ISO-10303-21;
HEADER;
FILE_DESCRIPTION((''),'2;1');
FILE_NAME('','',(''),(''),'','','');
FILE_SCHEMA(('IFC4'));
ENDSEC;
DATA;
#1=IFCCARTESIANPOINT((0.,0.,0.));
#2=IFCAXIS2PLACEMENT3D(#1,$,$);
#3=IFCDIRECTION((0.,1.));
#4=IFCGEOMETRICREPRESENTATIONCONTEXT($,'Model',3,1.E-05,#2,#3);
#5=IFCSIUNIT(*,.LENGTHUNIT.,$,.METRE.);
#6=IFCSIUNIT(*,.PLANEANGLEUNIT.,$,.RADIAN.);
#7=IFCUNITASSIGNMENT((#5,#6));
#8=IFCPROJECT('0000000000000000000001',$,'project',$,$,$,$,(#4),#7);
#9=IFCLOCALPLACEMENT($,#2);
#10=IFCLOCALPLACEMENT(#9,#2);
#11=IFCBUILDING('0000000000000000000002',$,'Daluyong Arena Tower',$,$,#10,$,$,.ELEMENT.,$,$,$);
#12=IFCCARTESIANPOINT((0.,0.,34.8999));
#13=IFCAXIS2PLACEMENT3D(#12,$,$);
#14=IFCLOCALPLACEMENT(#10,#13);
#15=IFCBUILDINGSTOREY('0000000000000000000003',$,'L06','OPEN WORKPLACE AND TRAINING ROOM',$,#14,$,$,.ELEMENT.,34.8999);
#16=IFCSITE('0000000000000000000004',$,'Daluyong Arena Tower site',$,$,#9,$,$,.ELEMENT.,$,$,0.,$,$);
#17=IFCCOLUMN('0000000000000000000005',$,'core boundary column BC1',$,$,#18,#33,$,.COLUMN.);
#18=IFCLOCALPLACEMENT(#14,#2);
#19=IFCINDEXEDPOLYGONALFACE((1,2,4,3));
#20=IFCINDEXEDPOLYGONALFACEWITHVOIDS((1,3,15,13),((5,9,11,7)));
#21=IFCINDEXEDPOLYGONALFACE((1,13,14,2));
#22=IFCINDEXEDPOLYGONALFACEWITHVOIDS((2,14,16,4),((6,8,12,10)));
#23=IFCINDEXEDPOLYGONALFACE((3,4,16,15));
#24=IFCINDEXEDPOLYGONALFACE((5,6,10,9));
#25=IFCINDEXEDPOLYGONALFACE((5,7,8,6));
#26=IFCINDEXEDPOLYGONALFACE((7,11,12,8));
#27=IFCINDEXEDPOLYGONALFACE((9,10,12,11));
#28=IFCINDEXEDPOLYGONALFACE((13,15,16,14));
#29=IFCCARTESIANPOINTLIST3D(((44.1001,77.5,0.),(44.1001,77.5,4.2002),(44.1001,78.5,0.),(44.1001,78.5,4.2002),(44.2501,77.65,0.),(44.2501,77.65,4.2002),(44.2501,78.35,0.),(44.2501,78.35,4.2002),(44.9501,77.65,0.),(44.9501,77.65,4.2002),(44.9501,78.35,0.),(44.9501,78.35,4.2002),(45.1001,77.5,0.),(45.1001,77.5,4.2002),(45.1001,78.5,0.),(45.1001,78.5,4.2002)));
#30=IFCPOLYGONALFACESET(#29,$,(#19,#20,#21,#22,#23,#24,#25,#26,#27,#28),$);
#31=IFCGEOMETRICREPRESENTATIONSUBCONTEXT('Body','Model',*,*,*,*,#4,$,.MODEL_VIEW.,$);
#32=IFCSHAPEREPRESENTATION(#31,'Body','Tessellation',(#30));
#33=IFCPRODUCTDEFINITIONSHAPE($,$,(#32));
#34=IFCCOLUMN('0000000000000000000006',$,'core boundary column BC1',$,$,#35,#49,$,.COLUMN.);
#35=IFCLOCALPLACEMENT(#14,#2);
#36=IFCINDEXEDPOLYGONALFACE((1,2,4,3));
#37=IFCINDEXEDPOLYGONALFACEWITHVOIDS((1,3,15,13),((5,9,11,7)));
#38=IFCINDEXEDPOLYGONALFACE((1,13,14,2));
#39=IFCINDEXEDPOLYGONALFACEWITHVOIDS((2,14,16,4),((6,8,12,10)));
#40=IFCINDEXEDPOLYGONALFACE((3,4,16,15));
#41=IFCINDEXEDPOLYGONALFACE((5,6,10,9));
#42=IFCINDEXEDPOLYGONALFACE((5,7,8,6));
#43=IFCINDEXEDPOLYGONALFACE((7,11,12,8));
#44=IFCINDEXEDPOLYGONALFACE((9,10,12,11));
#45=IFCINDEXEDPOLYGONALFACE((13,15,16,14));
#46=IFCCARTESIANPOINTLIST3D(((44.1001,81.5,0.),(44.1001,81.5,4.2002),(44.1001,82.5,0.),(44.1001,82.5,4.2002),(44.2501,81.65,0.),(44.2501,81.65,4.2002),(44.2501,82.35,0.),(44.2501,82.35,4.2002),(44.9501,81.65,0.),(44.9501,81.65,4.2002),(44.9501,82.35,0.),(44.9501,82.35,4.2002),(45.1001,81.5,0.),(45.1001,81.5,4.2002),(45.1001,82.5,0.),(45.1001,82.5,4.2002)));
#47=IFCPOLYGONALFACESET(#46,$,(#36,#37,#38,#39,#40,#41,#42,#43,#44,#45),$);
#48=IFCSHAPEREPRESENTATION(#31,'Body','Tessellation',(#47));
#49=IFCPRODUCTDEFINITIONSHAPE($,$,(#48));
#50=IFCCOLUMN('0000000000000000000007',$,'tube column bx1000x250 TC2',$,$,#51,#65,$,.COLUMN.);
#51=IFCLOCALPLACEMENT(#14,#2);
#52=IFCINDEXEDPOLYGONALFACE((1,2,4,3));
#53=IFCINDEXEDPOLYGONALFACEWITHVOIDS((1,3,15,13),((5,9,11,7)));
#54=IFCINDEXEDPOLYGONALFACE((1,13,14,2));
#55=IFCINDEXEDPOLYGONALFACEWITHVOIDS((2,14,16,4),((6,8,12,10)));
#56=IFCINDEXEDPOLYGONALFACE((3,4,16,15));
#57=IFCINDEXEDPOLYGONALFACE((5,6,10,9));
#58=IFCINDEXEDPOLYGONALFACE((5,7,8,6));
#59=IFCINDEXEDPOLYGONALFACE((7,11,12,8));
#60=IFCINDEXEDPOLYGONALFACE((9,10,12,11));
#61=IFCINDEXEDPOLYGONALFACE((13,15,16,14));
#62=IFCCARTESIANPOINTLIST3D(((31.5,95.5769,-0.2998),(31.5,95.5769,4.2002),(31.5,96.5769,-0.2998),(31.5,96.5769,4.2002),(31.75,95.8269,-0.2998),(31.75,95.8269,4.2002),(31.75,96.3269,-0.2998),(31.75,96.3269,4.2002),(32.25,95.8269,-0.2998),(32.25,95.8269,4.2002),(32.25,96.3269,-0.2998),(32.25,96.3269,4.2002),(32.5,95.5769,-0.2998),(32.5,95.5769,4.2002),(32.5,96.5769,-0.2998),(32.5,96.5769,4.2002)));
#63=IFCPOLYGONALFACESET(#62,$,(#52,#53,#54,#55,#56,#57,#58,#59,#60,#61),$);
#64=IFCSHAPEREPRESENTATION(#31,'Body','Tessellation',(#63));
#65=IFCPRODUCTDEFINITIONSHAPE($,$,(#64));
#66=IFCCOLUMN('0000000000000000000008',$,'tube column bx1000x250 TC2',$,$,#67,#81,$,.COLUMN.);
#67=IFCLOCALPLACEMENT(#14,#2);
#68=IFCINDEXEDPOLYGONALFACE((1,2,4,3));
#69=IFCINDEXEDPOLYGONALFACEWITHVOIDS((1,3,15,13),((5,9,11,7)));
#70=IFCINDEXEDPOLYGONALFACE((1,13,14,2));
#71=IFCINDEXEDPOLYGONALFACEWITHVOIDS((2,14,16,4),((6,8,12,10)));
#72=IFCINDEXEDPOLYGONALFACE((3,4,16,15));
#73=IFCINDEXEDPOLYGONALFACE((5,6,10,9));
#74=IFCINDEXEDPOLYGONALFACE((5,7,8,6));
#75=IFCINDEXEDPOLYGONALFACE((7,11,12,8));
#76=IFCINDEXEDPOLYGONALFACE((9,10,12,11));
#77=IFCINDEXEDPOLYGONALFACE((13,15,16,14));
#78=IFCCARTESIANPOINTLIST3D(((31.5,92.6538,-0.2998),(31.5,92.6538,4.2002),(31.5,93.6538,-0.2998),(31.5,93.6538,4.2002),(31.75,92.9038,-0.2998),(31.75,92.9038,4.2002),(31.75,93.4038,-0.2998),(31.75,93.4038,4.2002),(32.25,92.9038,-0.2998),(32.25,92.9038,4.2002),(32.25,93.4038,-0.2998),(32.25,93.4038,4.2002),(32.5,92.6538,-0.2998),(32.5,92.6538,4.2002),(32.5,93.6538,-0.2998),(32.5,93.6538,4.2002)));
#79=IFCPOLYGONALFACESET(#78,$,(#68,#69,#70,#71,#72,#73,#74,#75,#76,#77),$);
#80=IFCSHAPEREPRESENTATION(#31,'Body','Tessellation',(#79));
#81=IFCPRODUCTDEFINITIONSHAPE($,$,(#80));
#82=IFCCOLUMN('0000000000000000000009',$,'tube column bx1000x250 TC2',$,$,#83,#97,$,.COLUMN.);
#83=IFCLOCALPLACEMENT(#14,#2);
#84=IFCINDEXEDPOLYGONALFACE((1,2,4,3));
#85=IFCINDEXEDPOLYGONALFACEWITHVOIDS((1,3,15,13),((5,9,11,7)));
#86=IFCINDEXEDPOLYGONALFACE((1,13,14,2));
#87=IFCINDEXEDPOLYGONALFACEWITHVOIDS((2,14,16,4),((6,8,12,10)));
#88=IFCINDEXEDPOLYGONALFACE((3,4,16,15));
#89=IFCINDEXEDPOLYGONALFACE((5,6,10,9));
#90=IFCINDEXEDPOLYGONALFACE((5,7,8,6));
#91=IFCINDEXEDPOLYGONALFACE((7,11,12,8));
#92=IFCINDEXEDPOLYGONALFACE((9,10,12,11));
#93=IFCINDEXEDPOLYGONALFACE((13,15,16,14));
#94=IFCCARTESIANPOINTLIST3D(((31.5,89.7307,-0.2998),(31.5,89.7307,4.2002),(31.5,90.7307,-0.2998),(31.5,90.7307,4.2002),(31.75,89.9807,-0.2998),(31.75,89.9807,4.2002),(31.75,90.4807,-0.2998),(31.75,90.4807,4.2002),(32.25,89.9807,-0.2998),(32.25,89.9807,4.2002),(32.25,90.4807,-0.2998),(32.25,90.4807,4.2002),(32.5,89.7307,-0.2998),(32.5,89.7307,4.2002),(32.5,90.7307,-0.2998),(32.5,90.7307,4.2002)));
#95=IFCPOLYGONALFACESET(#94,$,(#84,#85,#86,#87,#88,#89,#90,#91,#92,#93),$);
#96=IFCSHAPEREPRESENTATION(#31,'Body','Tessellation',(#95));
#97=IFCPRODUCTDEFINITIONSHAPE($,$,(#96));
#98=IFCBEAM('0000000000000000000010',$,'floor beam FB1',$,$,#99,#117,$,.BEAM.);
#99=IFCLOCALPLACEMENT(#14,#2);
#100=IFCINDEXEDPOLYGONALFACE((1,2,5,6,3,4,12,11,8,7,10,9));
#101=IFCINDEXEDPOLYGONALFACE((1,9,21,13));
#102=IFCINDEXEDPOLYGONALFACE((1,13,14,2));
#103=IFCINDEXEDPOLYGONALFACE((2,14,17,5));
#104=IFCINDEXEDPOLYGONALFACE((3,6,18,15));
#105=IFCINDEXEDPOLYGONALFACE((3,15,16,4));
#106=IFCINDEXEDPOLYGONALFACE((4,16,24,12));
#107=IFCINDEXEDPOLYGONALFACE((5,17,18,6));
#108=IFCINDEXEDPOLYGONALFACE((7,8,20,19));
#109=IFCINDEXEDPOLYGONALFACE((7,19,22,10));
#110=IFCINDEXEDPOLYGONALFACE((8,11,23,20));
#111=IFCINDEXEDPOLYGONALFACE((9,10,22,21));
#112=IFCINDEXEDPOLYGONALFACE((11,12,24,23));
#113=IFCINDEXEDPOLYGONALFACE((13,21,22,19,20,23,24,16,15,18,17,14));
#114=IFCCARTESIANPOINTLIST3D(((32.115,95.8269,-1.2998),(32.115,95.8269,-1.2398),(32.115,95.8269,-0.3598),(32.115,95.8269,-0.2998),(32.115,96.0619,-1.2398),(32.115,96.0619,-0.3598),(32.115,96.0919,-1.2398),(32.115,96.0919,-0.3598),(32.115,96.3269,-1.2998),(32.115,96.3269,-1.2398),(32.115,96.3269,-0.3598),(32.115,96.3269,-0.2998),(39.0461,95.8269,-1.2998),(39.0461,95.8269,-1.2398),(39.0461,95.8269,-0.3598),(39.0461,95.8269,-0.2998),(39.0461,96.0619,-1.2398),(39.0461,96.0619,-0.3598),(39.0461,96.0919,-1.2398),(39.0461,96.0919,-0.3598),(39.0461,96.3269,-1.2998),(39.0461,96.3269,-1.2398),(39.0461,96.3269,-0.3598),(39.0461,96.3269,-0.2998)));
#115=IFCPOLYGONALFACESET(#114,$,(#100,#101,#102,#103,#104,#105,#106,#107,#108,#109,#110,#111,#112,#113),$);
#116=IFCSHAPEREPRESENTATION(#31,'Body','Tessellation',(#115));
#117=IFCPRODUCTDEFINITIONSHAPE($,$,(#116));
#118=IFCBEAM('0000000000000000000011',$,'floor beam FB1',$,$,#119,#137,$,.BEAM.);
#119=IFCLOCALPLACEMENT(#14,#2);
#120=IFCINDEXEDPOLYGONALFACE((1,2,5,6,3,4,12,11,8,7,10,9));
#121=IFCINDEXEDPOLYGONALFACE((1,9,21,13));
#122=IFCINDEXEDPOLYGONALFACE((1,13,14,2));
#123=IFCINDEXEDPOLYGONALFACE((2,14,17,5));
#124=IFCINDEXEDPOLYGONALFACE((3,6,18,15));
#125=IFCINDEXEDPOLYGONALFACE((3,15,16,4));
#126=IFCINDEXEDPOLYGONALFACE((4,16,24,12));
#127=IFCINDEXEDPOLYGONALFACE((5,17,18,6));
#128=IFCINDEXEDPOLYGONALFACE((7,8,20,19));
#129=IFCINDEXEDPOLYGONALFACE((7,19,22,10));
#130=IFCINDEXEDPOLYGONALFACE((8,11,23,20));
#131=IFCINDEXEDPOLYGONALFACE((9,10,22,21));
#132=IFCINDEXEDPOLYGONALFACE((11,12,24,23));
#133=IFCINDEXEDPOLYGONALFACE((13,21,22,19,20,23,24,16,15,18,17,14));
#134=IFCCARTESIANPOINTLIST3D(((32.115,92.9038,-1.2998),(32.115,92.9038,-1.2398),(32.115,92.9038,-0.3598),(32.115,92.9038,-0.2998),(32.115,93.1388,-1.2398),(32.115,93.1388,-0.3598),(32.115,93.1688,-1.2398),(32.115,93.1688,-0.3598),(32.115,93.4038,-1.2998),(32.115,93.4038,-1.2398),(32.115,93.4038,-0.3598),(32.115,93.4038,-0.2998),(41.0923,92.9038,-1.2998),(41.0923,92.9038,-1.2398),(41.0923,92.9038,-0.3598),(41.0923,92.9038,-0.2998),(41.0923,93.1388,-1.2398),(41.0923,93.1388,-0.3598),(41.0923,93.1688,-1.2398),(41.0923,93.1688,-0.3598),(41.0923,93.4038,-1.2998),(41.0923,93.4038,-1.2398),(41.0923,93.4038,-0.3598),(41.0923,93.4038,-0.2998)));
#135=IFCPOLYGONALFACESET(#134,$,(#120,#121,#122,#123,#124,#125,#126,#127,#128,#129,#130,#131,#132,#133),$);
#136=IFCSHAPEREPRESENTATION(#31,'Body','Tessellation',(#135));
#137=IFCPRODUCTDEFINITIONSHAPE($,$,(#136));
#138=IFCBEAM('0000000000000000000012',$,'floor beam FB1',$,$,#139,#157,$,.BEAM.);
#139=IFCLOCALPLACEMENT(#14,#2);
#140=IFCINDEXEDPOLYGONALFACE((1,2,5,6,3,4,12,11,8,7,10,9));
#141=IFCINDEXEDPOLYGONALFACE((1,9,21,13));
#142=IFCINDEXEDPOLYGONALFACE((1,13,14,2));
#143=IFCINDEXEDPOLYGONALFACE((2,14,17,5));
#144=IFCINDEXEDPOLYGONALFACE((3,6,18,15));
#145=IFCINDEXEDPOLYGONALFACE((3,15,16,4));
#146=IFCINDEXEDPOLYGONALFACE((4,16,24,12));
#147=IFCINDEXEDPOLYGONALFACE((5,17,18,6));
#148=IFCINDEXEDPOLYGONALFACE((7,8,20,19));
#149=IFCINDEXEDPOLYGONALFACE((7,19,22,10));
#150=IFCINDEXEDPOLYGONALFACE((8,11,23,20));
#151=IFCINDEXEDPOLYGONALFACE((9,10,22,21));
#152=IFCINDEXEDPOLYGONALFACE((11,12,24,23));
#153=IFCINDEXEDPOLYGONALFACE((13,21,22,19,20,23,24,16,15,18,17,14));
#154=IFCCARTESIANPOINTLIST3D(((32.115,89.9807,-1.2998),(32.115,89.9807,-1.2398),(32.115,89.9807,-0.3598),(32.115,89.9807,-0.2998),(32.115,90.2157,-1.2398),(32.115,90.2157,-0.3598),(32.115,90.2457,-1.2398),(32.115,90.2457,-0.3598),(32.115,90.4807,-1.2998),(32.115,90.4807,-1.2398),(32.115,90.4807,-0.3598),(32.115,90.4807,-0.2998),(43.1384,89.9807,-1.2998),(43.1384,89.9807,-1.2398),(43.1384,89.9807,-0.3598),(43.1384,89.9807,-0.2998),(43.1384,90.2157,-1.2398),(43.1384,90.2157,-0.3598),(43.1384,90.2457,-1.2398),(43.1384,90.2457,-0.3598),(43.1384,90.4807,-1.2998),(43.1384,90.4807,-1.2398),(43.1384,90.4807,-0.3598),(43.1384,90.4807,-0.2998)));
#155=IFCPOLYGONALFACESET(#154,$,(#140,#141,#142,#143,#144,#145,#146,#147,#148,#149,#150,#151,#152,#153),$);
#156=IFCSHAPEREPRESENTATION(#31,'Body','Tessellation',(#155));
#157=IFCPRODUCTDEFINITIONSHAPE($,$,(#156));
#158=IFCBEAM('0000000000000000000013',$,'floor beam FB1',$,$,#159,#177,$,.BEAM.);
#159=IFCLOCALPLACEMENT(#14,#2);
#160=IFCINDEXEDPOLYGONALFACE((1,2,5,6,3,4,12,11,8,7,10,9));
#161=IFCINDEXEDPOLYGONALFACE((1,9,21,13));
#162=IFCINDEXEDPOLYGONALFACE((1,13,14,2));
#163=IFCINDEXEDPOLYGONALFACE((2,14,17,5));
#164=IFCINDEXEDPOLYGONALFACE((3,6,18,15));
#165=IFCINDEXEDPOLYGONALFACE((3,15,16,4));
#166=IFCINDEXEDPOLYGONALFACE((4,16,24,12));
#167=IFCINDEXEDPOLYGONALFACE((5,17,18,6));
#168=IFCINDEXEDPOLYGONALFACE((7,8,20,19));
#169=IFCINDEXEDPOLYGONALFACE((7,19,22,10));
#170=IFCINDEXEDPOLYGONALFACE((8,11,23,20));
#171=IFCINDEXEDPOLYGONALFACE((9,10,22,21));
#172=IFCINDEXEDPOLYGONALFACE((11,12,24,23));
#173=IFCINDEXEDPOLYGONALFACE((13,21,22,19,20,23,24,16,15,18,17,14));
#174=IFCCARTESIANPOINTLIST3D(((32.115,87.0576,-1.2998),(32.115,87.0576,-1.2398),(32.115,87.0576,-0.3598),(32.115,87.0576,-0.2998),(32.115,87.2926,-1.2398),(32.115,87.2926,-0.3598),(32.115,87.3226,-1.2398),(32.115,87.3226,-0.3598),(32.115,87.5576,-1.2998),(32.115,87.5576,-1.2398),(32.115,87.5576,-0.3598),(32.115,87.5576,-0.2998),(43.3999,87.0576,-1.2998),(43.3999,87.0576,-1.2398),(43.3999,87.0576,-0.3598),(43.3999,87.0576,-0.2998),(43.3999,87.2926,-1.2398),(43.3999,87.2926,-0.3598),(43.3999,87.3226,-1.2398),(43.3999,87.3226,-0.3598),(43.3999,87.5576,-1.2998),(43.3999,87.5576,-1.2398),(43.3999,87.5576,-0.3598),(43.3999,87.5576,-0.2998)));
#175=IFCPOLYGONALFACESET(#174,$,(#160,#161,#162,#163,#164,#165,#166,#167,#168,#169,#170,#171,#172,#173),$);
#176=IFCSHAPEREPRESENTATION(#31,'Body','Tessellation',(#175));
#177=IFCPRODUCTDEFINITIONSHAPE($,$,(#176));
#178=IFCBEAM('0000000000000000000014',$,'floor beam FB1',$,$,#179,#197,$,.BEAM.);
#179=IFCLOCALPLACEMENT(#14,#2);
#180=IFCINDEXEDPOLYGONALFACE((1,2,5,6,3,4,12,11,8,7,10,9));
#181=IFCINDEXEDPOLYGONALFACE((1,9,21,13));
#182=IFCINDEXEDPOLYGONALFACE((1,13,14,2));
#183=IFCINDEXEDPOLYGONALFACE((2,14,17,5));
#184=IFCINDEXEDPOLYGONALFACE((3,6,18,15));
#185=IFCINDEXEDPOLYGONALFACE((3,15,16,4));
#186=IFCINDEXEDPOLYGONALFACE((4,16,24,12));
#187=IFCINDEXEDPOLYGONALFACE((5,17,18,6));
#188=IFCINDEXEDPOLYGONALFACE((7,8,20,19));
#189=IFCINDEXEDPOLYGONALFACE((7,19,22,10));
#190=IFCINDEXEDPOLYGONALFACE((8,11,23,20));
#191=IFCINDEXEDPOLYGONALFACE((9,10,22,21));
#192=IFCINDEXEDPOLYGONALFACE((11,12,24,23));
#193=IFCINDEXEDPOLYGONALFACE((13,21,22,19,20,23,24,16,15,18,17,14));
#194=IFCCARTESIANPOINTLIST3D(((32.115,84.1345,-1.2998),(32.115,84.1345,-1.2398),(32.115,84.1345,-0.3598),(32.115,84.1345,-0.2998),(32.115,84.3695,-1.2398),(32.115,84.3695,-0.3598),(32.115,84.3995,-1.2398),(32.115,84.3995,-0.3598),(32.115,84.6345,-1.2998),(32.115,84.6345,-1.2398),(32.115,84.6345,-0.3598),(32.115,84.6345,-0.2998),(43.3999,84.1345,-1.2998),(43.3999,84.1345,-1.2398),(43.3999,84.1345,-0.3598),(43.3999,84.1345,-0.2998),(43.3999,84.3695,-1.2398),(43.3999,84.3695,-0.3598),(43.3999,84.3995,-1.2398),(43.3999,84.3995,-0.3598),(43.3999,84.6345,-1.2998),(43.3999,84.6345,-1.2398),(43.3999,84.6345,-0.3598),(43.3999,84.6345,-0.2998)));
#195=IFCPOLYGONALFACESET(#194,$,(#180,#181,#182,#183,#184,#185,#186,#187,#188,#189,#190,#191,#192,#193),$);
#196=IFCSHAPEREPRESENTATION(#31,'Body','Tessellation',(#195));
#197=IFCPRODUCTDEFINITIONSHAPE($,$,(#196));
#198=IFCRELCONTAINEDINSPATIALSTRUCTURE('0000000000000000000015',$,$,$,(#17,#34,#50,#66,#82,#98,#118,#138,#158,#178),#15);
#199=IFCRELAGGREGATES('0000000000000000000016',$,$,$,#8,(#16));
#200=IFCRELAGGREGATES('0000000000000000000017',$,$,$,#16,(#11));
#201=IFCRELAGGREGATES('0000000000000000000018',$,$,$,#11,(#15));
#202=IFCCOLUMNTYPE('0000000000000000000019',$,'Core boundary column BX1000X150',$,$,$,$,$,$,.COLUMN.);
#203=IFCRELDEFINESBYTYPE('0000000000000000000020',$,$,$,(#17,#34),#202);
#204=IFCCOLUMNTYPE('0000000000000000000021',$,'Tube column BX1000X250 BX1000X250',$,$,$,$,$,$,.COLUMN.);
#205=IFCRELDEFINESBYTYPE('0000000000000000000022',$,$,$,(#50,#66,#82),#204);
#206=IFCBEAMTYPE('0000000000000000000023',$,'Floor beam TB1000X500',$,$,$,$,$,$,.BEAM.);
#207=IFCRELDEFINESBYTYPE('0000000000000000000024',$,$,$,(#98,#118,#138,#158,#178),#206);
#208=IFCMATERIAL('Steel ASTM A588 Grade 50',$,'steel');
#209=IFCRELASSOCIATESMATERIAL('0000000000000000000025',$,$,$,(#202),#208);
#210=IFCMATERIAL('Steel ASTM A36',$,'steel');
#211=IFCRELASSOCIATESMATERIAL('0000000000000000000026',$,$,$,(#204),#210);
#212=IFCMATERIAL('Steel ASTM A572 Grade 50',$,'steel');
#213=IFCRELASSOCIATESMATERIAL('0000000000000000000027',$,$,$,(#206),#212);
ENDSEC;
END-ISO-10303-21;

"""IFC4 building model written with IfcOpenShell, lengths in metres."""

from ifc_helpers import new_model, si_unit, direction, frame, origin, origin_2d, place, context, subcontext, project, spatial, hollow_rectangle, i_section, extrude, material, material_profile, profile_set, type_object, element, save


model = new_model("IFC4")

# Units and contexts
model_context = context("Model", 3, precision=1e-05, world=origin(), true_north=direction((0.0, 1.0)))
body_context = subcontext(model_context, "Body", "Model", "MODEL_VIEW")
ifc_project = project(units=[si_unit("LENGTHUNIT", "METRE"), si_unit("PLANEANGLEUNIT", "RADIAN")], contexts=[model_context])

# Site, building, storey
site_placement = place(None, origin())
site = spatial("IfcSite", under=ifc_project, at=site_placement, Name="Daluyong Arena Tower site", CompositionType="ELEMENT", RefElevation=0.0)
building_placement = place(site_placement, origin())
building = spatial("IfcBuilding", under=site, at=building_placement, Name="Daluyong Arena Tower", CompositionType="ELEMENT")
storey_placement = place(building_placement, frame((0.0, 0.0, 34.8999)))
storey = spatial("IfcBuildingStorey", under=building, at=storey_placement, Name="L06", Description="OPEN WORKPLACE AND TRAINING ROOM", CompositionType="ELEMENT", Elevation=34.8999)

# Columns
ifc_material_1 = material(Name="Steel ASTM A588 Grade 50", Category="steel")
ifc_material_profile_1 = material_profile(ifc_material_1, hollow_rectangle(XDim=1.0, YDim=1.0, WallThickness=0.15, at=origin_2d()))
ifc_profile_set_1 = profile_set([ifc_material_profile_1], Name="Steel ASTM A588 Grade 50")
column_type_1 = type_object("IfcColumnType", Name="Core boundary column BX1000X150", PredefinedType="COLUMN", material=ifc_profile_set_1)
for number, where, z_axis, x_axis, name in (
    (1, (44.6001, 78.0, 0.0), (0.0, 0.0, 1.0), (1.0, 0.0, 0.0), "core boundary column BC1"),
    (2, (44.6001, 82.0, 0.0), (0.0, 0.0, 1.0), (1.0, 0.0, 0.0), "core boundary column BC1"),
):
    element("IfcColumn", number, at=place(storey_placement, frame(where, z_axis=z_axis, x_axis=x_axis)), inside=storey, type_object=column_type_1, Name=name, PredefinedType="COLUMN", context=body_context, shape_type="SweptSolid", body=[
        extrude(hollow_rectangle(XDim=1.0, YDim=1.0, WallThickness=0.15, at=origin_2d()), origin(), (0.0, 0.0, 1.0), 4.2002),
    ])
ifc_material_2 = material(Name="Steel ASTM A36", Category="steel")
ifc_material_profile_2 = material_profile(ifc_material_2, hollow_rectangle(XDim=1.0, YDim=1.0, WallThickness=0.25, at=origin_2d()))
ifc_profile_set_2 = profile_set([ifc_material_profile_2], Name="Steel ASTM A36")
column_type_2 = type_object("IfcColumnType", Name="Tube column BX1000X250 BX1000X250", PredefinedType="COLUMN", material=ifc_profile_set_2)
for number, where, z_axis, x_axis, name in (
    (3, (32.0, 96.0769, -0.2998), (0.0, 0.0, 1.0), (0.0, 1.0, 0.0), "tube column bx1000x250 TC2"),
    (4, (32.0, 93.1538, -0.2998), (0.0, 0.0, 1.0), (0.0, 1.0, 0.0), "tube column bx1000x250 TC2"),
    (5, (32.0, 90.2307, -0.2998), (0.0, 0.0, 1.0), (0.0, 1.0, 0.0), "tube column bx1000x250 TC2"),
):
    element("IfcColumn", number, at=place(storey_placement, frame(where, z_axis=z_axis, x_axis=x_axis)), inside=storey, type_object=column_type_2, Name=name, PredefinedType="COLUMN", context=body_context, shape_type="SweptSolid", body=[
        extrude(hollow_rectangle(XDim=1.0, YDim=1.0, WallThickness=0.25, at=origin_2d()), origin(), (0.0, 0.0, 1.0), 4.5),
    ])

# Beams
ifc_material_3 = material(Name="Steel ASTM A572 Grade 50", Category="steel")
ifc_material_profile_3 = material_profile(ifc_material_3, i_section(OverallWidth=0.5, OverallDepth=1.0, WebThickness=0.03, FlangeThickness=0.06, at=origin_2d()))
ifc_profile_set_3 = profile_set([ifc_material_profile_3], Name="Steel ASTM A572 Grade 50")
beam_type_1 = type_object("IfcBeamType", Name="Floor beam TB1000X500", PredefinedType="BEAM", material=ifc_profile_set_3)
beam_1_placement = place(storey_placement, frame((32.115, 96.0769, -0.7998), z_axis=(1.0, 0.0, 0.0), x_axis=(0.0, 1.0, 0.0)))
element("IfcBeam", 6, at=beam_1_placement, inside=storey, type_object=beam_type_1, Name="floor beam FB1", PredefinedType="BEAM", context=body_context, shape_type="SweptSolid", body=[
    extrude(i_section(OverallWidth=0.5, OverallDepth=1.0, WebThickness=0.03, FlangeThickness=0.06, at=origin_2d()), origin(), (0.0, 0.0, 1.0), 6.9312),
])
beam_2_placement = place(storey_placement, frame((32.115, 93.1538, -0.7998), z_axis=(1.0, 0.0, 0.0), x_axis=(0.0, 1.0, 0.0)))
element("IfcBeam", 7, at=beam_2_placement, inside=storey, type_object=beam_type_1, Name="floor beam FB1", PredefinedType="BEAM", context=body_context, shape_type="SweptSolid", body=[
    extrude(i_section(OverallWidth=0.5, OverallDepth=1.0, WebThickness=0.03, FlangeThickness=0.06, at=origin_2d()), origin(), (0.0, 0.0, 1.0), 8.9773),
])
beam_3_placement = place(storey_placement, frame((32.115, 90.2307, -0.7998), z_axis=(1.0, 0.0, 0.0), x_axis=(0.0, 1.0, 0.0)))
element("IfcBeam", 8, at=beam_3_placement, inside=storey, type_object=beam_type_1, Name="floor beam FB1", PredefinedType="BEAM", context=body_context, shape_type="SweptSolid", body=[
    extrude(i_section(OverallWidth=0.5, OverallDepth=1.0, WebThickness=0.03, FlangeThickness=0.06, at=origin_2d()), origin(), (0.0, 0.0, 1.0), 11.0234),
])
for number, where, z_axis, x_axis, name in (
    (9, (32.115, 87.3076, -0.7998), (1.0, 0.0, 0.0), (0.0, 1.0, 0.0), "floor beam FB1"),
    (10, (32.115, 84.3845, -0.7998), (1.0, 0.0, 0.0), (0.0, 1.0, 0.0), "floor beam FB1"),
):
    element("IfcBeam", number, at=place(storey_placement, frame(where, z_axis=z_axis, x_axis=x_axis)), inside=storey, type_object=beam_type_1, Name=name, PredefinedType="BEAM", context=body_context, shape_type="SweptSolid", body=[
        extrude(i_section(OverallWidth=0.5, OverallDepth=1.0, WebThickness=0.03, FlangeThickness=0.06, at=origin_2d()), origin(), (0.0, 0.0, 1.0), 11.2849),
    ])

save(model, "model.ifc")
